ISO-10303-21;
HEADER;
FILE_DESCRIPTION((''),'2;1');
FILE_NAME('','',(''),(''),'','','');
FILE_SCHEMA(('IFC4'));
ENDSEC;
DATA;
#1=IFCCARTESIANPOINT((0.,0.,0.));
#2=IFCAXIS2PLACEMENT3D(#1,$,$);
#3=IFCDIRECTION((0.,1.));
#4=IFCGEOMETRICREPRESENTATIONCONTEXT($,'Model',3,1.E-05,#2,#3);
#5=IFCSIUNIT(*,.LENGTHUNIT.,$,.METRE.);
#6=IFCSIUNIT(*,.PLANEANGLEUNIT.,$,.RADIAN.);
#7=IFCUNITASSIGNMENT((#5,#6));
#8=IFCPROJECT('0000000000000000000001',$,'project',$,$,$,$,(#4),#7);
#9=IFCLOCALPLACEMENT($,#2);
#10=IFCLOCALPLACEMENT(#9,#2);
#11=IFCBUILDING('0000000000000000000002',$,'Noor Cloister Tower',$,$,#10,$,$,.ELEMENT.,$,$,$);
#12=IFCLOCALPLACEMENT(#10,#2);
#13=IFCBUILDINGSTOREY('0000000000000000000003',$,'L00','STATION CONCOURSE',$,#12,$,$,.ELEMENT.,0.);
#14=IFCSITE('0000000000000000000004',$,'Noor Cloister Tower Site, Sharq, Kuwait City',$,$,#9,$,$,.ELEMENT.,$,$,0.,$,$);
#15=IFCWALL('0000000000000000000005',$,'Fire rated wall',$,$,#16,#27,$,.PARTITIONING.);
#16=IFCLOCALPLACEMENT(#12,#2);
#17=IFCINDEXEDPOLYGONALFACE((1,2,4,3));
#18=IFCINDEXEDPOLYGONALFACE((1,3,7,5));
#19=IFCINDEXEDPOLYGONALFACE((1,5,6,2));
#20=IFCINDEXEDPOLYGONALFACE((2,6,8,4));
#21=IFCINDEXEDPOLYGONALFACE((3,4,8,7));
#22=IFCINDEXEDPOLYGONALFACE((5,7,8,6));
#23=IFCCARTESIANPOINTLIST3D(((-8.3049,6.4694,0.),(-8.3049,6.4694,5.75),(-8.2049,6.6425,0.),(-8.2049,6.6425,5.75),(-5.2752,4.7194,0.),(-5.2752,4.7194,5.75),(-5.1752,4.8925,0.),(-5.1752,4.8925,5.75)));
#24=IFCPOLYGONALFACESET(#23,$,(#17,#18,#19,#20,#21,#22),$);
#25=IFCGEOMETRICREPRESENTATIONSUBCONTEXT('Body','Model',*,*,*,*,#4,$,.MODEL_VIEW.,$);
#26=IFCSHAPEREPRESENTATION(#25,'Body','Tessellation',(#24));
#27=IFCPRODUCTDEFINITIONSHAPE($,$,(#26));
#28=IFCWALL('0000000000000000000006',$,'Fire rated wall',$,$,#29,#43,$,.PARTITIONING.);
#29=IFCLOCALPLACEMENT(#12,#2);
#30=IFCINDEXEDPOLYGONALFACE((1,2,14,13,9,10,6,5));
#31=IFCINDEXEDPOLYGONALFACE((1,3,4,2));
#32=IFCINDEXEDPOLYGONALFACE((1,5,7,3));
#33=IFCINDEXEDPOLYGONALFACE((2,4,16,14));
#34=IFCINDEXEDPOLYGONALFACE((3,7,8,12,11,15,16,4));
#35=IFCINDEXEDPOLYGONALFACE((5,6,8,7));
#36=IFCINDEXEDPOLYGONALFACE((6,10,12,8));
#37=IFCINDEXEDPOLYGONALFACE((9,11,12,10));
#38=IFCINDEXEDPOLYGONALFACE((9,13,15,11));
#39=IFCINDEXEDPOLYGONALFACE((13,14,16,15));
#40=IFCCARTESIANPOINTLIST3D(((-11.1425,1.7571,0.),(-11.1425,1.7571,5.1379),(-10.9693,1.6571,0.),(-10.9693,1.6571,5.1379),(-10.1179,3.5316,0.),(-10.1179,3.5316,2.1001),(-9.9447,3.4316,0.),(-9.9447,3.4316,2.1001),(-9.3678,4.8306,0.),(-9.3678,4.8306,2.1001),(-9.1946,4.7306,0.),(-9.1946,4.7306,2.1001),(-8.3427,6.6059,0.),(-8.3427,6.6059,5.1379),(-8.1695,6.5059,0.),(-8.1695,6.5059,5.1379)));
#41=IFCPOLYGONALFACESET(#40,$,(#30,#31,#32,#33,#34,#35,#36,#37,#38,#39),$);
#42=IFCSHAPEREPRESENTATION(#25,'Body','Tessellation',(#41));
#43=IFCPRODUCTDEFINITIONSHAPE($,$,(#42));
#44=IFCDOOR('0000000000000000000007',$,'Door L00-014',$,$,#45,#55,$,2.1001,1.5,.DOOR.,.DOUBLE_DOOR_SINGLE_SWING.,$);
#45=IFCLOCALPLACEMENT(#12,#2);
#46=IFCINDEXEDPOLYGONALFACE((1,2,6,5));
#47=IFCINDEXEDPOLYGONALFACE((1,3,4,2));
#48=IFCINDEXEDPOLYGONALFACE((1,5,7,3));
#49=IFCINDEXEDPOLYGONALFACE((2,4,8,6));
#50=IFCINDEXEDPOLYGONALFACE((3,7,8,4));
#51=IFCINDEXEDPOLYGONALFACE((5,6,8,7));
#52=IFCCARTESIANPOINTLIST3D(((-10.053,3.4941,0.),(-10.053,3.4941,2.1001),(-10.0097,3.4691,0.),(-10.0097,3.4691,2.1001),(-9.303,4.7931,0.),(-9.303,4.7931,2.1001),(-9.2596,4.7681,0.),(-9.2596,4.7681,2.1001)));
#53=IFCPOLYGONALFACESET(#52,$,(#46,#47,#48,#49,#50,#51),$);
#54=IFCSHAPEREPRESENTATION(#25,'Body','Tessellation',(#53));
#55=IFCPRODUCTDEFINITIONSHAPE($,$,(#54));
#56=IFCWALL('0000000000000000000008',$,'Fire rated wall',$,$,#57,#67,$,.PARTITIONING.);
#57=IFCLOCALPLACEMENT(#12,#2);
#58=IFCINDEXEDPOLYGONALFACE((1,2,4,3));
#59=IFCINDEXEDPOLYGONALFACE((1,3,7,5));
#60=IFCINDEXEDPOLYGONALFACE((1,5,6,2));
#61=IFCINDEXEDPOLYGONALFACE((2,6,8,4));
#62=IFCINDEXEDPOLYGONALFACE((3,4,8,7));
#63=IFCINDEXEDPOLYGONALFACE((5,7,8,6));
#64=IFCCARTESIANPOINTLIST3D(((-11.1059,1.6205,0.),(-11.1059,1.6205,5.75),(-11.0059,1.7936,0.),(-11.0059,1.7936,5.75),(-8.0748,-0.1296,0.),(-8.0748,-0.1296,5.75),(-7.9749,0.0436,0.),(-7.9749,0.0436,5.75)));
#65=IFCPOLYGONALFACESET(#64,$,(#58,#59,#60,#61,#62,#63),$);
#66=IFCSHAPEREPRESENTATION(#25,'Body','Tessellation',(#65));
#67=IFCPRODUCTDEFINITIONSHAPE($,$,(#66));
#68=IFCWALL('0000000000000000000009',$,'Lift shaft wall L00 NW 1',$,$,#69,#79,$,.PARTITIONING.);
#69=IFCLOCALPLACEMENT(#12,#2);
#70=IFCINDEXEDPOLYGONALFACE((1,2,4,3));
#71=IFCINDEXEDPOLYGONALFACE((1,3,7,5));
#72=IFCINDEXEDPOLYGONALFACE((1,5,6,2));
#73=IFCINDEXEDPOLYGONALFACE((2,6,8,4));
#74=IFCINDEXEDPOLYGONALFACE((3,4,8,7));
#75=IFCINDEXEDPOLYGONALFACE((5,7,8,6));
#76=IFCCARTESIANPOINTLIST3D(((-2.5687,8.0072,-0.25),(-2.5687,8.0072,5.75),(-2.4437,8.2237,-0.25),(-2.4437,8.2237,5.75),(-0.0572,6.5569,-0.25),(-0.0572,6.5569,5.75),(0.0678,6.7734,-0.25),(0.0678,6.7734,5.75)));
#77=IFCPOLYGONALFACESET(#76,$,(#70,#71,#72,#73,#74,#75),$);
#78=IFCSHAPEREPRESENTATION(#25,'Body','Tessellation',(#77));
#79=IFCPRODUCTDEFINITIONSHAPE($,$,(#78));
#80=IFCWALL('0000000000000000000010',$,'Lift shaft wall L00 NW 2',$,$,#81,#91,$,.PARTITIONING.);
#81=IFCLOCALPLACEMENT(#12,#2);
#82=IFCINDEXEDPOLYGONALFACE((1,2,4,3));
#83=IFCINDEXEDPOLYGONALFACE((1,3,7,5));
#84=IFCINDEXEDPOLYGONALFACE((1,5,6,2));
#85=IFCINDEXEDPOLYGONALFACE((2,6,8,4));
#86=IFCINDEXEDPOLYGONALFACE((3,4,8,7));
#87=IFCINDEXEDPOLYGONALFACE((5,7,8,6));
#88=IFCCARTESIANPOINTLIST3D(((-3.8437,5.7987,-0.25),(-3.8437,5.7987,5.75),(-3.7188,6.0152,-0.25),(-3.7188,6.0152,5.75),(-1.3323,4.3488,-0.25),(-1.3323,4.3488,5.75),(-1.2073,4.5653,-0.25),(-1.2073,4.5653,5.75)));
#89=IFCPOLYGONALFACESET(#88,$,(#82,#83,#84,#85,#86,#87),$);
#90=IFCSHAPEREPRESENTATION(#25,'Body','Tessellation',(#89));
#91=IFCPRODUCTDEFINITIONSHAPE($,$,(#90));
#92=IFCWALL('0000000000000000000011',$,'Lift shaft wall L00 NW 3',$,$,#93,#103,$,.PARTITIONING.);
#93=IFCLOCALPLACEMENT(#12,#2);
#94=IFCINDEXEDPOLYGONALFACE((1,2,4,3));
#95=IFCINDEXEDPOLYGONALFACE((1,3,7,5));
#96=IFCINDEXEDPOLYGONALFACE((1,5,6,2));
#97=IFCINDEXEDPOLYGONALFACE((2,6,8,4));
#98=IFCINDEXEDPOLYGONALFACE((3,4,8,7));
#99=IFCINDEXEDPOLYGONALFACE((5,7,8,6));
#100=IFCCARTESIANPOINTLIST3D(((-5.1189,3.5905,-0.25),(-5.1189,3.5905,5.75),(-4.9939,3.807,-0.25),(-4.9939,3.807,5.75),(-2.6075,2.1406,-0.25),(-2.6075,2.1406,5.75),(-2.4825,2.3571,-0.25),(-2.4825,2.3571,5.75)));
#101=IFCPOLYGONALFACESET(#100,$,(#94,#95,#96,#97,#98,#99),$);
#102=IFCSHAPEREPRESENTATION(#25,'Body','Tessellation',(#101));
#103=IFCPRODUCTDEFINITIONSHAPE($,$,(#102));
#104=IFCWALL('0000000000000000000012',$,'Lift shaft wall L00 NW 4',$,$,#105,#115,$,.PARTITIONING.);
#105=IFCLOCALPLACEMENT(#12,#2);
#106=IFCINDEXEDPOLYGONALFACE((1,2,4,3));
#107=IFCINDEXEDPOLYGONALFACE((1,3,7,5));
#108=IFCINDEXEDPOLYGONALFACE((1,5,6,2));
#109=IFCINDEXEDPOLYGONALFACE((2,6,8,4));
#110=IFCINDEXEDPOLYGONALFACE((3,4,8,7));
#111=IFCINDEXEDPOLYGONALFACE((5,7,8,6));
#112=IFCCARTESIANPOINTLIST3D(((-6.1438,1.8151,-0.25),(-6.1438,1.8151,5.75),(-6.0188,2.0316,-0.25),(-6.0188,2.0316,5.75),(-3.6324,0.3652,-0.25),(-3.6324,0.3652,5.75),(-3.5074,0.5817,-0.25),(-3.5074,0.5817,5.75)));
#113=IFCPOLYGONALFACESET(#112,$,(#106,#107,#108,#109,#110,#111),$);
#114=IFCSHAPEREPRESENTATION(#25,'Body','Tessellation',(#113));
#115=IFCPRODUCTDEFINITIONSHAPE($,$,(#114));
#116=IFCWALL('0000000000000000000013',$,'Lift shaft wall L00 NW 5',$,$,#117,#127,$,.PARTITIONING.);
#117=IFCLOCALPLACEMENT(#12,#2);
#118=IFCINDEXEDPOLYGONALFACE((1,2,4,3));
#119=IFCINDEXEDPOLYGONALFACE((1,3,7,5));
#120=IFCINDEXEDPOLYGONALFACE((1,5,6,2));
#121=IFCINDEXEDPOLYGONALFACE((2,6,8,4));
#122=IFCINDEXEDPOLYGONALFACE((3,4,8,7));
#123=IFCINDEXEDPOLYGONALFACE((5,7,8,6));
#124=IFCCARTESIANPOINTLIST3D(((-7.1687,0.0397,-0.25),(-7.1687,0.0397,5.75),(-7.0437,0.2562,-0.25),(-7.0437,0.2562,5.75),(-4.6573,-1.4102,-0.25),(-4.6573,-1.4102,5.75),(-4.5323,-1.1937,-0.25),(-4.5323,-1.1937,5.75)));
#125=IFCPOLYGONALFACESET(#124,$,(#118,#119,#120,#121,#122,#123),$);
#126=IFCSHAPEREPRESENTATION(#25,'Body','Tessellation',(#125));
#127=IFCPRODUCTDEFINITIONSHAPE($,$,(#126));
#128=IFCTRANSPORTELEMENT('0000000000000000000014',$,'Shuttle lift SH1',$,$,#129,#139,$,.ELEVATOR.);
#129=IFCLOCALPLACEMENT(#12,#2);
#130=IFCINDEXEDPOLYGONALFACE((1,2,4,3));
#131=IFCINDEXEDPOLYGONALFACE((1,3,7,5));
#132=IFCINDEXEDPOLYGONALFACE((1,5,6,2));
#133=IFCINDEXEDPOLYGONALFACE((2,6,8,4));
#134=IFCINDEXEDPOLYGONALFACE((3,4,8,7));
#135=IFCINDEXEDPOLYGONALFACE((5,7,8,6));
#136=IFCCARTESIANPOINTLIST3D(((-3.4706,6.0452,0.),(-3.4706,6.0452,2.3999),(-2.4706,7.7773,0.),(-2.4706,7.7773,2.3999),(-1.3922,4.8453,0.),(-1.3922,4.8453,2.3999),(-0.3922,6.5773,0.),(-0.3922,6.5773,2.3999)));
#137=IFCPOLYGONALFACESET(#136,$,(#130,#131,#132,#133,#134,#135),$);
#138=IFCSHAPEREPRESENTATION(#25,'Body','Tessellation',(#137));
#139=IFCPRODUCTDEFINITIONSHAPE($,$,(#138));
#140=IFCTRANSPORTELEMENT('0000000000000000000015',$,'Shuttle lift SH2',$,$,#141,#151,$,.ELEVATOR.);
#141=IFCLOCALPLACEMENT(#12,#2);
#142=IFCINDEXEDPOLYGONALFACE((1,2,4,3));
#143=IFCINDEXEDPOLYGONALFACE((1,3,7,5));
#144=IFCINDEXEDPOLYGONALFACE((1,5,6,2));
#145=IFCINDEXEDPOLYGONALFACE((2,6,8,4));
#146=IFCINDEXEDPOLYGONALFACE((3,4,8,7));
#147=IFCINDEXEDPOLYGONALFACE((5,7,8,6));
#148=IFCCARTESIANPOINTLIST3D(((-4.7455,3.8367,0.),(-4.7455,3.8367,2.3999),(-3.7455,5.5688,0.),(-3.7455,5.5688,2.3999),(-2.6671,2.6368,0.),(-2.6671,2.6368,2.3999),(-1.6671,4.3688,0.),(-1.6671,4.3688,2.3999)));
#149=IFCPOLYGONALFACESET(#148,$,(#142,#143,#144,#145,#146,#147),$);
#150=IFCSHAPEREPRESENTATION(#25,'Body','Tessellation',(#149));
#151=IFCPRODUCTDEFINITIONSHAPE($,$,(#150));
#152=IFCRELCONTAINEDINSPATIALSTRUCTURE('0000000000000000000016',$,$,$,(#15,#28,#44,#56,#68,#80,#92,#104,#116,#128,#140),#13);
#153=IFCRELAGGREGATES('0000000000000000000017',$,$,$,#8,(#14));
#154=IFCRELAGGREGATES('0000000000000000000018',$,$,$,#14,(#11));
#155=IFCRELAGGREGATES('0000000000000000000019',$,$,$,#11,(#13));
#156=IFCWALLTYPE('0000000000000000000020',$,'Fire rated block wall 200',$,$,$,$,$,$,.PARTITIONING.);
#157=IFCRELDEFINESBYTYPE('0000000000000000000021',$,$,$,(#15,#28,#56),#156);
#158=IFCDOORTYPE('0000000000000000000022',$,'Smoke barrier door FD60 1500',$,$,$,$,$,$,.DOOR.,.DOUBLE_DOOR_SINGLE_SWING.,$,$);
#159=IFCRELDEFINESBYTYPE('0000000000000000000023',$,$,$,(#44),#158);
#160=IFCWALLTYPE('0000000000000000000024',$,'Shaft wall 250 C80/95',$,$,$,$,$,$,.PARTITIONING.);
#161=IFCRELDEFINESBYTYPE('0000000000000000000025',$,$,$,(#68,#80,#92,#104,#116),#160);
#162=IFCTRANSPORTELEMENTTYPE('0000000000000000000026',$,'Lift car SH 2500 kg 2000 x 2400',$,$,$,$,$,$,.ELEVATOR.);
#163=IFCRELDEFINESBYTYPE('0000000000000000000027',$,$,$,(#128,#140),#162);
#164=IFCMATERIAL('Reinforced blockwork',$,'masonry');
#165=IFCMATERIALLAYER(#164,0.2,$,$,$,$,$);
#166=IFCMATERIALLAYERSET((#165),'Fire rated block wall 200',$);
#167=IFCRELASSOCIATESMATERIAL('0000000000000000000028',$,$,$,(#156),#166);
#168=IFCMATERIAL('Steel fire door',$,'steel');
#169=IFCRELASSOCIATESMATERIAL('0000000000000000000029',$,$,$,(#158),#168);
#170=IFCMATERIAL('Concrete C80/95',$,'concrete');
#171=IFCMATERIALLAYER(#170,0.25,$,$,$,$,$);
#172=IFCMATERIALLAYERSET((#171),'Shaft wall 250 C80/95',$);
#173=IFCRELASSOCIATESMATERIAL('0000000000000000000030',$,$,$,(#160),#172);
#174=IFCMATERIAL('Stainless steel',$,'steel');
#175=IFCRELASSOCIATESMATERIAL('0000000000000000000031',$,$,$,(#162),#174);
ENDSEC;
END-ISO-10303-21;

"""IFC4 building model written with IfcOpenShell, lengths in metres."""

from ifc_helpers import new_model, si_unit, direction, frame, frame_2d, origin, origin_2d, place, context, subcontext, project, spatial, rectangle, extrude, material, layer, layer_set, type_object, element, fill, save


model = new_model("IFC4")

# Units and contexts
model_context = context("Model", 3, precision=1e-05, world=origin(), true_north=direction((0.0, 1.0)))
body_context = subcontext(model_context, "Body", "Model", "MODEL_VIEW")
ifc_project = project(units=[si_unit("LENGTHUNIT", "METRE"), si_unit("PLANEANGLEUNIT", "RADIAN")], contexts=[model_context])

# Site, building, storey
site_placement = place(None, origin())
site = spatial("IfcSite", under=ifc_project, at=site_placement, Name="Noor Cloister Tower Site, Sharq, Kuwait City", CompositionType="ELEMENT", RefElevation=0.0)
building_placement = place(site_placement, origin())
building = spatial("IfcBuilding", under=site, at=building_placement, Name="Noor Cloister Tower", CompositionType="ELEMENT")
storey_placement = place(building_placement, origin())
storey = spatial("IfcBuildingStorey", under=building, at=storey_placement, Name="L00", Description="STATION CONCOURSE", CompositionType="ELEMENT", Elevation=0.0)

# Wall
ifc_material_1 = material(Name="Reinforced blockwork", Category="masonry")
ifc_layer_1 = layer(ifc_material_1, 0.2)
ifc_layer_set_1 = layer_set([ifc_layer_1], Name="Fire rated block wall 200")
wall_type_1 = type_object("IfcWallType", Name="Fire rated block wall 200", PredefinedType="PARTITIONING", material=ifc_layer_set_1)
wall_1_placement = place(storey_placement, frame((-5.2251, 4.8059, 0.0), z_axis=(0.0, 0.0, 1.0), x_axis=(-0.865932, 0.500161, 0.0)))
element("IfcWall", 1, at=wall_1_placement, inside=storey, type_object=wall_type_1, Name="Fire rated wall", PredefinedType="PARTITIONING", context=body_context, shape_type="SweptSolid", body=[
    extrude(rectangle(XDim=3.4988, YDim=0.2, at=frame_2d((1.7495, 0.0))), origin(), (0.0, 0.0, 1.0), 5.75),
])

# Wall, opening, door
wall_2_placement = place(storey_placement, frame((-8.2561, 6.5559, 0.0), z_axis=(0.0, 0.0, 1.0), x_axis=(-0.500041, -0.866002, 0.0)))
wall_2 = element("IfcWall", 2, at=wall_2_placement, inside=storey, type_object=wall_type_1, Name="Fire rated wall", PredefinedType="PARTITIONING", context=body_context, shape_type="SweptSolid", body=[
    extrude(rectangle(XDim=5.5991, YDim=0.2, at=frame_2d((2.7996, 0.0))), origin(), (0.0, 0.0, 1.0), 5.1379),
])
opening_1_placement = place(wall_2_placement, frame((2.05, 0.0, 0.0)))
opening_1 = element("IfcOpeningElement", 3, at=opening_1_placement, cuts=wall_2, PredefinedType="OPENING", context=body_context, shape_type="SweptSolid", body=[
    extrude(rectangle(XDim=1.5, YDim=2.1001, at=frame_2d((0.75, 1.05))), frame((0.0, 0.1099, 0.0), z_axis=(0.0, -1.0, 0.0), x_axis=(1.0, 0.0, 0.0)), (0.0, 0.0, 1.0), 0.22),
])
ifc_material_2 = material(Name="Steel fire door", Category="steel")
door_type_1 = type_object("IfcDoorType", Name="Smoke barrier door FD60 1500", OperationType="DOUBLE_DOOR_SINGLE_SWING", PredefinedType="DOOR", material=ifc_material_2)
door_1_placement = place(opening_1_placement, origin())
door_1 = element("IfcDoor", 4, at=door_1_placement, inside=storey, type_object=door_type_1, Name="Door L00-014", OperationType="DOUBLE_DOOR_SINGLE_SWING", OverallHeight=2.1001, OverallWidth=1.5, PredefinedType="DOOR", context=body_context, shape_type="SweptSolid", body=[
    extrude(rectangle(XDim=1.5, YDim=2.1001, at=frame_2d((0.75, 1.05))), frame((0.0, 0.0249, 0.0), z_axis=(0.0, -1.0, 0.0), x_axis=(1.0, 0.0, 0.0)), (0.0, 0.0, 1.0), 0.05),
])
fill(opening_1, door_1)

# Walls
wall_3_placement = place(storey_placement, frame((-11.0559, 1.707, 0.0), z_axis=(0.0, 0.0, 1.0), x_axis=(0.866019, -0.50001, 0.0)))
element("IfcWall", 5, at=wall_3_placement, inside=storey, type_object=wall_type_1, Name="Fire rated wall", PredefinedType="PARTITIONING", context=body_context, shape_type="SweptSolid", body=[
    extrude(rectangle(XDim=3.5, YDim=0.2, at=frame_2d((1.75, 0.0))), origin(), (0.0, 0.0, 1.0), 5.75),
])
ifc_material_3 = material(Name="Concrete C80/95", Category="concrete")
ifc_layer_2 = layer(ifc_material_3, 0.25)
ifc_layer_set_2 = layer_set([ifc_layer_2], Name="Shaft wall 250 C80/95")
wall_type_2 = type_object("IfcWallType", Name="Shaft wall 250 C80/95", PredefinedType="PARTITIONING", material=ifc_layer_set_2)
wall_4_placement = place(storey_placement, frame((-2.5063, 8.1155, -0.25), z_axis=(0.0, 0.0, 1.0), x_axis=(0.865996, -0.50005, 0.0)))
element("IfcWall", 6, at=wall_4_placement, inside=storey, type_object=wall_type_2, Name="Lift shaft wall L00 NW 1", PredefinedType="PARTITIONING", context=body_context, shape_type="SweptSolid", body=[
    extrude(rectangle(XDim=2.9001, YDim=0.25, at=frame_2d((1.4502, 0.0))), origin(), (0.0, 0.0, 1.0), 6.0),
])
for number, where, z_axis, x_axis, name in (
    (7, (-3.7812, 5.907, -0.25), (0.0, 0.0, 1.0), (0.866033, -0.499987, 0.0), "Lift shaft wall L00 NW 2"),
    (8, (-5.0564, 3.6987, -0.25), (0.0, 0.0, 1.0), (0.866033, -0.499987, 0.0), "Lift shaft wall L00 NW 3"),
    (9, (-6.0813, 1.9233, -0.25), (0.0, 0.0, 1.0), (0.866033, -0.499987, 0.0), "Lift shaft wall L00 NW 4"),
    (10, (-7.1062, 0.1479, -0.25), (0.0, 0.0, 1.0), (0.866033, -0.499987, 0.0), "Lift shaft wall L00 NW 5"),
):
    element("IfcWall", number, at=place(storey_placement, frame(where, z_axis=z_axis, x_axis=x_axis)), inside=storey, type_object=wall_type_2, Name=name, PredefinedType="PARTITIONING", context=body_context, shape_type="SweptSolid", body=[
        extrude(rectangle(XDim=2.8999, YDim=0.25, at=frame_2d((1.45, 0.0))), origin(), (0.0, 0.0, 1.0), 6.0),
    ])

# Transport elements
ifc_material_4 = material(Name="Stainless steel", Category="steel")
transport_element_type = type_object("IfcTransportElementType", Name="Lift car SH 2500 kg 2000 x 2400", PredefinedType="ELEVATOR", material=ifc_material_4)
for number, where, z_axis, x_axis, name in (
    (11, (-1.9314, 6.3113, 0.0), (0.0, 0.0, 1.0), (-0.5, -0.866025, 0.0), "Shuttle lift SH1"),
    (12, (-3.2063, 4.1028, 0.0), (0.0, 0.0, 1.0), (-0.5, -0.866025, 0.0), "Shuttle lift SH2"),
):
    element("IfcTransportElement", number, at=place(storey_placement, frame(where, z_axis=z_axis, x_axis=x_axis)), inside=storey, type_object=transport_element_type, Name=name, PredefinedType="ELEVATOR", context=body_context, shape_type="SweptSolid", body=[
        extrude(rectangle(XDim=2.0, YDim=2.3999, at=origin_2d()), origin(), (0.0, 0.0, 1.0), 2.3999),
    ])

save(model, "model.ifc")
